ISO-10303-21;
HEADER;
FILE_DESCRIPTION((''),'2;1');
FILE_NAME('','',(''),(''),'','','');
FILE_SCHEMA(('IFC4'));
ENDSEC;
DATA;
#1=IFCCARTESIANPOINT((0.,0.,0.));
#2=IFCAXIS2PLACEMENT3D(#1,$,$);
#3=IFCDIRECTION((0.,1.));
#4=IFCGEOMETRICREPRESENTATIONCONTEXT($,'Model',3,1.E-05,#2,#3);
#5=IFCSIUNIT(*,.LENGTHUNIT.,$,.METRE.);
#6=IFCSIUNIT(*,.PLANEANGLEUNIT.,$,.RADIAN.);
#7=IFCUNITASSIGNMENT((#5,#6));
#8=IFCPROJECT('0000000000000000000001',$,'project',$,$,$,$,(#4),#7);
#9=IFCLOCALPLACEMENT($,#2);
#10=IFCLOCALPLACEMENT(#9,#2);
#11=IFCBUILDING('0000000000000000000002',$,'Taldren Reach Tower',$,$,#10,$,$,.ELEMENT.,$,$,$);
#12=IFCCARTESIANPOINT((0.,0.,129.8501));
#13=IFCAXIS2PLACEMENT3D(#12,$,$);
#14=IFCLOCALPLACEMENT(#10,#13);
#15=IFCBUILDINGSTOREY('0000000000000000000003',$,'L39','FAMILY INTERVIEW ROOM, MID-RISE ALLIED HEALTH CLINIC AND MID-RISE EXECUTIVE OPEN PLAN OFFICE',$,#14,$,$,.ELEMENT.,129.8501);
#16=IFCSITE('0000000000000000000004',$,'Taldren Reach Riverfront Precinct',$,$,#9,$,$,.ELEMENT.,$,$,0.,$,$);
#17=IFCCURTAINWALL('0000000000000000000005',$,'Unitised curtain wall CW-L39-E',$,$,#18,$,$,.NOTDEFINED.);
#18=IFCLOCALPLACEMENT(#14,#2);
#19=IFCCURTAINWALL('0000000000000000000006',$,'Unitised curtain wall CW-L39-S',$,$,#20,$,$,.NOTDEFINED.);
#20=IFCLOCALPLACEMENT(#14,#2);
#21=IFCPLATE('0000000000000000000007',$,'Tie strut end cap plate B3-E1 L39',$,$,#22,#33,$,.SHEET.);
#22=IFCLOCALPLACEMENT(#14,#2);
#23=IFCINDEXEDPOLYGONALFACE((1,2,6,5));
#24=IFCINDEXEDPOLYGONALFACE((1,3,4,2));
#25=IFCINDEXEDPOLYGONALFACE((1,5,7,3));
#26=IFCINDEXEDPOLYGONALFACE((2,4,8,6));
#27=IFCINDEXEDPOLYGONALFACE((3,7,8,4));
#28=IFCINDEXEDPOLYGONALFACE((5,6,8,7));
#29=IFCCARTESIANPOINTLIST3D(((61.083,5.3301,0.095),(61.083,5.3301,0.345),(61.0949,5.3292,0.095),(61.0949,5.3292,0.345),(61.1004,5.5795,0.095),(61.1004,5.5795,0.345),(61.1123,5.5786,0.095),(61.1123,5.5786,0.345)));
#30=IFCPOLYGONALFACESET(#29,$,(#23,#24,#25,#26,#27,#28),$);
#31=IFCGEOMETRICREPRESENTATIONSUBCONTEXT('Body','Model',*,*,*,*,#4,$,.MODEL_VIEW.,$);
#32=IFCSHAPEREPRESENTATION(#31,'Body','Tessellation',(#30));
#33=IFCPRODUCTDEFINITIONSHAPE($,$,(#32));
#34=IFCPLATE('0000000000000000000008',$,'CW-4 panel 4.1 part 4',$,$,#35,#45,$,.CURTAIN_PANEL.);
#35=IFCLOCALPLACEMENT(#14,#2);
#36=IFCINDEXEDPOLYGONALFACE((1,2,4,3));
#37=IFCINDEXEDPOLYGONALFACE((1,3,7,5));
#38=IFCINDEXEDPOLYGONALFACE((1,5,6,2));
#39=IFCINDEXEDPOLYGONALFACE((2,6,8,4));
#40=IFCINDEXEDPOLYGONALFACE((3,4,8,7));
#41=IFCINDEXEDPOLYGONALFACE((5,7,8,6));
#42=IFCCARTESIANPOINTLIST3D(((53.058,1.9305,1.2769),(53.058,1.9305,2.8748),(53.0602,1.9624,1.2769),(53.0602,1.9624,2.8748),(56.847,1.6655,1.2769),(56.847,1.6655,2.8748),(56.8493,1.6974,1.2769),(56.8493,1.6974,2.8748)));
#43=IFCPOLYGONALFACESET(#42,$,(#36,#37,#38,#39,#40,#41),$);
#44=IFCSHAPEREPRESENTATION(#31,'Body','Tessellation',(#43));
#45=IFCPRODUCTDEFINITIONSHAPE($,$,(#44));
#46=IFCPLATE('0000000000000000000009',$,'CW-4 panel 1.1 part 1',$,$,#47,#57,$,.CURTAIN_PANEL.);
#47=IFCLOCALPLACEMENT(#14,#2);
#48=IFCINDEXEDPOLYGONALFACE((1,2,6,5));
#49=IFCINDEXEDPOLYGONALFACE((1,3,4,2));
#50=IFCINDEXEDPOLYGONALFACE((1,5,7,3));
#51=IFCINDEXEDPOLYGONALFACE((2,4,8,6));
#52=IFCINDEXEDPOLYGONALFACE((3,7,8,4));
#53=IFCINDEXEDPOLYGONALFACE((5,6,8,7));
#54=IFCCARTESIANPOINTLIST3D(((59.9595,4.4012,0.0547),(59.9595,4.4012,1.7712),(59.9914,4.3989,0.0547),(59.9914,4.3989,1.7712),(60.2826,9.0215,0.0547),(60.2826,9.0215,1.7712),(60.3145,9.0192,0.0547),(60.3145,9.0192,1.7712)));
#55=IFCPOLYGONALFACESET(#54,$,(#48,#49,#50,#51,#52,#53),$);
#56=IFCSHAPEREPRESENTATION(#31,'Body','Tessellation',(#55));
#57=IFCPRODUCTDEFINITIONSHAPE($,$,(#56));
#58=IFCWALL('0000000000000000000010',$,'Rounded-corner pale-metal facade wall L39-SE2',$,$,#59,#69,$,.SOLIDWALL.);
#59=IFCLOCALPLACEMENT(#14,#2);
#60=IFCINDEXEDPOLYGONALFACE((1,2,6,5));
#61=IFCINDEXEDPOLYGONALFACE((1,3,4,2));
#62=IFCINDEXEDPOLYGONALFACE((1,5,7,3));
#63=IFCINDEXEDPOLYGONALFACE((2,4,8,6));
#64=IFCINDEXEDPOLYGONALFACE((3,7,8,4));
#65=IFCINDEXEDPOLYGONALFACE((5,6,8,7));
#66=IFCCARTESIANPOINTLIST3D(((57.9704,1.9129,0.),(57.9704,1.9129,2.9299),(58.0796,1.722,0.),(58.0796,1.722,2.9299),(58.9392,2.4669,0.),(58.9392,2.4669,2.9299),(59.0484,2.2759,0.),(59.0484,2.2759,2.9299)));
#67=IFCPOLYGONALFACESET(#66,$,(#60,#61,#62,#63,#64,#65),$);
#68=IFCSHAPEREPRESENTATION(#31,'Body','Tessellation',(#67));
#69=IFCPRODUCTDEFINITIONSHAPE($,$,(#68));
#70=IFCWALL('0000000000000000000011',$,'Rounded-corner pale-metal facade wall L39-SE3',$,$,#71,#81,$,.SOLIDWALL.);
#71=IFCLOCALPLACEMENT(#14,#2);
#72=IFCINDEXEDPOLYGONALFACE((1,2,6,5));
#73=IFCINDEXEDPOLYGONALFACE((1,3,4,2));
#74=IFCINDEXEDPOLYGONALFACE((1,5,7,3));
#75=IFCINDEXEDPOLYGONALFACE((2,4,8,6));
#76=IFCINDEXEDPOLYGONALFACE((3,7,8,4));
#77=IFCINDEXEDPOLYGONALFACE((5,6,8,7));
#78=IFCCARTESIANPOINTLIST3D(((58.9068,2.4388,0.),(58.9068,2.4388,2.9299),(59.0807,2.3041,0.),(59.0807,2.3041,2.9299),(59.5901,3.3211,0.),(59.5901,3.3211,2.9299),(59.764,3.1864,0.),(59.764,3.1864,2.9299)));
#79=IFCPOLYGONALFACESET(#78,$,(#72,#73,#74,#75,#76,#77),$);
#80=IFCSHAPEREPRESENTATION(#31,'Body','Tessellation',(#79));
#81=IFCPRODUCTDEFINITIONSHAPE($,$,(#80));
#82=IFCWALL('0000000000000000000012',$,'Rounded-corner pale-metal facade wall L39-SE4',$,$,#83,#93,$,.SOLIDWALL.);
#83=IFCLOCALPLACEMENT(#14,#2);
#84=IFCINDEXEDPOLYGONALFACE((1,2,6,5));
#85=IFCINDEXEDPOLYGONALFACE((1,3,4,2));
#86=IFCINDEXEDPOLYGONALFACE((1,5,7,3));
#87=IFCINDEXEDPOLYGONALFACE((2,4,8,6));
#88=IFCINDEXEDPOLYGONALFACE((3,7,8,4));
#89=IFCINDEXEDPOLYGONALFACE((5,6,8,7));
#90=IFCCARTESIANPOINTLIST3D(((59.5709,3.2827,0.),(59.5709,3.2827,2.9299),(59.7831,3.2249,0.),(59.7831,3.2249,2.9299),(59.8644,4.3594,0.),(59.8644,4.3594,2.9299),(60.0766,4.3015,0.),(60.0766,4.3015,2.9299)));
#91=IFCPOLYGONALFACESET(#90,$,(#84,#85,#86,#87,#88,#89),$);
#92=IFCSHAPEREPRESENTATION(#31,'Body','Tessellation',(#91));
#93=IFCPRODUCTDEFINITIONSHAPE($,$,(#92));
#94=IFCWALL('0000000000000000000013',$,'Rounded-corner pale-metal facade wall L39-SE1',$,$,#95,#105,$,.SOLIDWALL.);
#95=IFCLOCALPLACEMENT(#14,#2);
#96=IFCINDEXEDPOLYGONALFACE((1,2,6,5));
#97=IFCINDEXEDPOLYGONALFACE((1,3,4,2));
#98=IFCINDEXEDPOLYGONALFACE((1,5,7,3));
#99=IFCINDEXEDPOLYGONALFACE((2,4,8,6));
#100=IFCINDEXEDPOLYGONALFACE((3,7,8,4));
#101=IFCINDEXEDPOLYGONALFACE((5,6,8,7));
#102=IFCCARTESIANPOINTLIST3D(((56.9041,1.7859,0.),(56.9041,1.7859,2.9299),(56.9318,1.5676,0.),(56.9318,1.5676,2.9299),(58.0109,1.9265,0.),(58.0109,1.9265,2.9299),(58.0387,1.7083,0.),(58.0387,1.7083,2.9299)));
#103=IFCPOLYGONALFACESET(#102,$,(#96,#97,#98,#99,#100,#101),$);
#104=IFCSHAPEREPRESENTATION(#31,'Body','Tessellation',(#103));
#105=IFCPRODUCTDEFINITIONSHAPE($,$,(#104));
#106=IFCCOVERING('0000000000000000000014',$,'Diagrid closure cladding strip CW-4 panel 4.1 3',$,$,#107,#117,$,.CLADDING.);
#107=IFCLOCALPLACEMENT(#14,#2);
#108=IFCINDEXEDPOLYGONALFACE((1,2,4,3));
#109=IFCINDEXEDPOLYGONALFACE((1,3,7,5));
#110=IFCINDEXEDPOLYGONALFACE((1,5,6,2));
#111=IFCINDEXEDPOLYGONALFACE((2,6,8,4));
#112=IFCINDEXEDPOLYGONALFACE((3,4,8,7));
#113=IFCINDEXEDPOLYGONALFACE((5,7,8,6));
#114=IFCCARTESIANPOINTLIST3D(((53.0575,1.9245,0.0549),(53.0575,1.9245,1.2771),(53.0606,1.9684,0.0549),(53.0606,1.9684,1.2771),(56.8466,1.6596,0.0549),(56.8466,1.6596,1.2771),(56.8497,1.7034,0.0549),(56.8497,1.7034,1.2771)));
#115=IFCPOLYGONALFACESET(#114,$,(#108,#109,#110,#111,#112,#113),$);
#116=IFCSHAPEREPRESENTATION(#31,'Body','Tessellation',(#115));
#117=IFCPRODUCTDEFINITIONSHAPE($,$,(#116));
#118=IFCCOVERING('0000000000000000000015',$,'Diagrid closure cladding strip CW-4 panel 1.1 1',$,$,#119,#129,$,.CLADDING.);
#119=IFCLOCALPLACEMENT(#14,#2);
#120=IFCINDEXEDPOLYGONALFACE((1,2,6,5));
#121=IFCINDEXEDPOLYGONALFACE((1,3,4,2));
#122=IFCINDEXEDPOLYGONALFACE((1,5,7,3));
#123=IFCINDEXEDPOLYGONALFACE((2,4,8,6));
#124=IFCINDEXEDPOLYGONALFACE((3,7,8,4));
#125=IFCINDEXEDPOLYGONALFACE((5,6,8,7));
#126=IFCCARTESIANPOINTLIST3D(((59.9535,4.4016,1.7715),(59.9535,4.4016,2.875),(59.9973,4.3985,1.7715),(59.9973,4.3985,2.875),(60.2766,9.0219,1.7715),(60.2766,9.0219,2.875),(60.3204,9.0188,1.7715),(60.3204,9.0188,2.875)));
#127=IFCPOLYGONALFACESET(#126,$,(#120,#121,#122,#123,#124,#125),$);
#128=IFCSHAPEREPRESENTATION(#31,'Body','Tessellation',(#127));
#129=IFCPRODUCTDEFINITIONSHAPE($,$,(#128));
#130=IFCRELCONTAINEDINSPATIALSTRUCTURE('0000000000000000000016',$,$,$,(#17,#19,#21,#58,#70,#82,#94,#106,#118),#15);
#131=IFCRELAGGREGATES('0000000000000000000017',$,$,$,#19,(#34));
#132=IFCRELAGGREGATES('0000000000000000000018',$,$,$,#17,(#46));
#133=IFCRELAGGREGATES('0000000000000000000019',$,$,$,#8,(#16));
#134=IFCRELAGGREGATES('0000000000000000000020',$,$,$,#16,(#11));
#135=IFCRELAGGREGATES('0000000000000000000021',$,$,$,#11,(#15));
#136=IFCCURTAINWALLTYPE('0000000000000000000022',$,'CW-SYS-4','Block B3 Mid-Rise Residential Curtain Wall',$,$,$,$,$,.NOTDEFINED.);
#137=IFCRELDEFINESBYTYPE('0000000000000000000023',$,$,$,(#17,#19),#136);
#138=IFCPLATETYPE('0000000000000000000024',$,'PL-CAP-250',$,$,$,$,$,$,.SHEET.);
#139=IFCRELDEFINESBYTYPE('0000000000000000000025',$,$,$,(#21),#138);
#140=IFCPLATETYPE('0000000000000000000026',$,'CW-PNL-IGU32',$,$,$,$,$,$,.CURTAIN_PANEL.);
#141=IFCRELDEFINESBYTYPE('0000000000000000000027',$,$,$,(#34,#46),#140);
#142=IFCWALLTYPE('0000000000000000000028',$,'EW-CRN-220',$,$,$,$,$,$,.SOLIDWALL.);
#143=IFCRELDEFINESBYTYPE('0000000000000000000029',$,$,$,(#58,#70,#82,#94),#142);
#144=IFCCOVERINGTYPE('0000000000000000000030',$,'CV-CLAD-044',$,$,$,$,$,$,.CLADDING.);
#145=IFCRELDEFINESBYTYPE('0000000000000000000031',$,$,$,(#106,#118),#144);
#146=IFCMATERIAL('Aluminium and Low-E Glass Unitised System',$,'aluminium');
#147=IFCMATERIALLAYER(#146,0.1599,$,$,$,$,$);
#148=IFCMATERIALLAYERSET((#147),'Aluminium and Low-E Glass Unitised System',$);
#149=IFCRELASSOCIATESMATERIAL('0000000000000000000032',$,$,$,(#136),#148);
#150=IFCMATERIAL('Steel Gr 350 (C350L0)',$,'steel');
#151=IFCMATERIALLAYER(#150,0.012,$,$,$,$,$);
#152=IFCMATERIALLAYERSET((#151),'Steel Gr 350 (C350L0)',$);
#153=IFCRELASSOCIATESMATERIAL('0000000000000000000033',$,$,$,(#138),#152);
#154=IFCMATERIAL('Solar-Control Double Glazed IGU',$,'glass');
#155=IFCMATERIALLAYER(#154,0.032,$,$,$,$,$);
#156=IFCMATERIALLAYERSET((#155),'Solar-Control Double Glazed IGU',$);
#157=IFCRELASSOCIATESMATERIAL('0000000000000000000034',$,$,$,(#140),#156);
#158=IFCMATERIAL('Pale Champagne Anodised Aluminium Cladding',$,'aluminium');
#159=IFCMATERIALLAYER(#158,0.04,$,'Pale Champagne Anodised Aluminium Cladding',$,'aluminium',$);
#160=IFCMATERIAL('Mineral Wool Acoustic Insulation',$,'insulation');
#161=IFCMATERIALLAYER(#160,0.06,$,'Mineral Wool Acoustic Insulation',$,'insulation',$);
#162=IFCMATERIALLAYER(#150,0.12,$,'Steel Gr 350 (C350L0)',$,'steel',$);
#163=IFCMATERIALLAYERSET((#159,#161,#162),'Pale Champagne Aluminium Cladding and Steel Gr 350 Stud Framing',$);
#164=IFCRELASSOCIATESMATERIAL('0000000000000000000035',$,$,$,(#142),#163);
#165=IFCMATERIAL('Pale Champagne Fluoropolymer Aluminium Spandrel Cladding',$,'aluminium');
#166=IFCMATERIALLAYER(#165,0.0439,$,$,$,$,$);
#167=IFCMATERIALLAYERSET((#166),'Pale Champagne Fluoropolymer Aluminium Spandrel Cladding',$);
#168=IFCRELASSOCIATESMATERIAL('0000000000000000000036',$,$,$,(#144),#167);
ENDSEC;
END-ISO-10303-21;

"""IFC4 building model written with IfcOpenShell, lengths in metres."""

from ifc_helpers import new_model, si_unit, direction, frame, frame_2d, origin, origin_2d, place, context, subcontext, project, spatial, rectangle, extrude, source, transform, mapped, material, layer, layer_set, type_object, element, aggregate, save


model = new_model("IFC4")

# Units and contexts
model_context = context("Model", 3, precision=1e-05, world=origin(), true_north=direction((0.0, 1.0)))
body_context = subcontext(model_context, "Body", "Model", "MODEL_VIEW")
ifc_project = project(units=[si_unit("LENGTHUNIT", "METRE"), si_unit("PLANEANGLEUNIT", "RADIAN")], contexts=[model_context])

# Site, building, storey
site_placement = place(None, origin())
site = spatial("IfcSite", under=ifc_project, at=site_placement, Name="Taldren Reach Riverfront Precinct", CompositionType="ELEMENT", RefElevation=0.0)
building_placement = place(site_placement, origin())
building = spatial("IfcBuilding", under=site, at=building_placement, Name="Taldren Reach Tower", CompositionType="ELEMENT")
storey_placement = place(building_placement, frame((0.0, 0.0, 129.8501)))
storey = spatial("IfcBuildingStorey", under=building, at=storey_placement, Name="L39", Description="FAMILY INTERVIEW ROOM, MID-RISE ALLIED HEALTH CLINIC AND MID-RISE EXECUTIVE OPEN PLAN OFFICE", CompositionType="ELEMENT", Elevation=129.8501)

# Shared definitions
ifc_material_1 = material(Name="Steel Gr 350 (C350L0)", Category="steel")

# Curtain wall
ifc_material_2 = material(Name="Aluminium and Low-E Glass Unitised System", Category="aluminium")
ifc_layer_1 = layer(ifc_material_2, 0.1599)
ifc_layer_set_1 = layer_set([ifc_layer_1], Name="Aluminium and Low-E Glass Unitised System")
curtain_wall_type = type_object("IfcCurtainWallType", Name="CW-SYS-4", Description="Block B3 Mid-Rise Residential Curtain Wall", PredefinedType="NOTDEFINED", material=ifc_layer_set_1)
curtain_wall_1_placement = place(storey_placement, origin())
curtain_wall_1 = element("IfcCurtainWall", 1, at=curtain_wall_1_placement, inside=storey, type_object=curtain_wall_type, Name="Unitised curtain wall CW-L39-E", PredefinedType="NOTDEFINED")

# Curtain wall
curtain_wall_2_placement = place(storey_placement, origin())
curtain_wall_2 = element("IfcCurtainWall", 2, at=curtain_wall_2_placement, inside=storey, type_object=curtain_wall_type, Name="Unitised curtain wall CW-L39-S", PredefinedType="NOTDEFINED")

# Plate
ifc_layer_2 = layer(ifc_material_1, 0.012)
ifc_layer_set_2 = layer_set([ifc_layer_2], Name="Steel Gr 350 (C350L0)")
plate_type_1 = type_object("IfcPlateType", Name="PL-CAP-250", PredefinedType="SHEET", material=ifc_layer_set_2)
shared_shape_1 = source(origin(), body_context, "Body", "SweptSolid", [
    extrude(rectangle(XDim=0.012, YDim=0.25, at=origin_2d()), origin(), (0.0, 0.0, 1.0), 0.25),
])
plate_1_placement = place(storey_placement, frame((61.0977, 5.4543, 0.095), z_axis=(0.0, 0.0, 1.0), x_axis=(0.997564, -0.069756, 0.0)))
element("IfcPlate", 3, at=plate_1_placement, inside=storey, type_object=plate_type_1, Name="Tie strut end cap plate B3-E1 L39", PredefinedType="SHEET", context=body_context, shape_type="MappedRepresentation", body=[
    mapped(shared_shape_1, transform((0.0, 0.0, 0.0), scale=1.0)),
])

# Plates
ifc_material_3 = material(Name="Solar-Control Double Glazed IGU", Category="glass")
ifc_layer_3 = layer(ifc_material_3, 0.032)
ifc_layer_set_3 = layer_set([ifc_layer_3], Name="Solar-Control Double Glazed IGU")
plate_type_2 = type_object("IfcPlateType", Name="CW-PNL-IGU32", PredefinedType="CURTAIN_PANEL", material=ifc_layer_set_3)
shared_shape_2 = source(origin(), body_context, "Body", "SweptSolid", [
    extrude(rectangle(XDim=3.7983, YDim=0.032, at=origin_2d()), origin(), (0.0, 0.0, 1.0), 1.5979),
])
plate_2_placement = place(storey_placement, frame((54.9536, 1.814, 1.2769), z_axis=(0.0, 0.0, 1.0), x_axis=(0.997564, -0.069757, 0.0)))
plate_2 = element("IfcPlate", 4, at=plate_2_placement, type_object=plate_type_2, Name="CW-4 panel 4.1 part 4", PredefinedType="CURTAIN_PANEL", context=body_context, shape_type="MappedRepresentation", body=[
    mapped(shared_shape_2, transform((0.0, 0.0, 0.0), scale=1.0)),
])
aggregate(curtain_wall_2, [plate_2])
shared_shape_3 = source(origin(), body_context, "Body", "SweptSolid", [
    extrude(rectangle(XDim=4.6316, YDim=0.032, at=origin_2d()), origin(), (0.0, 0.0, 1.0), 1.7166),
])
plate_3_placement = place(storey_placement, frame((60.137, 6.7102, 0.0547), z_axis=(0.0, 0.0, 1.0), x_axis=(0.069756, 0.997564, 0.0)))
plate_3 = element("IfcPlate", 5, at=plate_3_placement, type_object=plate_type_2, Name="CW-4 panel 1.1 part 1", PredefinedType="CURTAIN_PANEL", context=body_context, shape_type="MappedRepresentation", body=[
    mapped(shared_shape_3, transform((0.0, 0.0, 0.0), scale=1.0)),
])
aggregate(curtain_wall_1, [plate_3])

# Walls
ifc_material_4 = material(Name="Pale Champagne Anodised Aluminium Cladding", Category="aluminium")
ifc_layer_4 = layer(ifc_material_4, 0.04, Name="Pale Champagne Anodised Aluminium Cladding", Category="aluminium")
ifc_material_5 = material(Name="Mineral Wool Acoustic Insulation", Category="insulation")
ifc_layer_5 = layer(ifc_material_5, 0.06, Name="Mineral Wool Acoustic Insulation", Category="insulation")
ifc_layer_6 = layer(ifc_material_1, 0.12, Name="Steel Gr 350 (C350L0)", Category="steel")
ifc_layer_set_4 = layer_set([ifc_layer_4, ifc_layer_5, ifc_layer_6], Name="Pale Champagne Aluminium Cladding and Steel Gr 350 Stud Framing")
wall_type = type_object("IfcWallType", Name="EW-CRN-220", PredefinedType="SOLIDWALL", material=ifc_layer_set_4)
shared_shape_4 = source(origin(), body_context, "Body", "SweptSolid", [
    extrude(rectangle(XDim=1.116, YDim=0.22, at=frame_2d((0.5581, 0.0))), origin(), (0.0, 0.0, 1.0), 2.9299),
])
for number, where, z_axis, x_axis, name in (
    (6, (58.0249, 1.8174, 0.0), (0.0, 0.0, 1.0), (0.868095, 0.496398, 0.0), "Rounded-corner pale-metal facade wall L39-SE2"),
    (7, (58.9937, 2.3713, 0.0), (0.0, 0.0, 1.0), (0.612319, 0.790611, 0.0), "Rounded-corner pale-metal facade wall L39-SE3"),
    (8, (59.677, 3.2537, 0.0), (0.0, 0.0, 1.0), (0.262969, 0.964804, 0.0), "Rounded-corner pale-metal facade wall L39-SE4"),
):
    element("IfcWall", number, at=place(storey_placement, frame(where, z_axis=z_axis, x_axis=x_axis)), inside=storey, type_object=wall_type, Name=name, PredefinedType="SOLIDWALL", context=body_context, shape_type="MappedRepresentation", body=[
        mapped(shared_shape_4, transform((0.0, 0.0, 0.0), scale=1.0)),
    ])
shared_shape_5 = source(origin(), body_context, "Body", "SweptSolid", [
    extrude(rectangle(XDim=1.1157, YDim=0.22, at=frame_2d((0.5579, 0.0))), origin(), (0.0, 0.0, 1.0), 2.9299),
])
wall_placement = place(storey_placement, frame((56.918, 1.6768, 0.0), z_axis=(0.0, 0.0, 1.0), x_axis=(0.992027, 0.126027, 0.0)))
element("IfcWall", 9, at=wall_placement, inside=storey, type_object=wall_type, Name="Rounded-corner pale-metal facade wall L39-SE1", PredefinedType="SOLIDWALL", context=body_context, shape_type="MappedRepresentation", body=[
    mapped(shared_shape_5, transform((0.0, 0.0, 0.0), scale=1.0)),
])

# Coverings
ifc_material_6 = material(Name="Pale Champagne Fluoropolymer Aluminium Spandrel Cladding", Category="aluminium")
ifc_layer_7 = layer(ifc_material_6, 0.0439)
ifc_layer_set_5 = layer_set([ifc_layer_7], Name="Pale Champagne Fluoropolymer Aluminium Spandrel Cladding")
covering_type = type_object("IfcCoveringType", Name="CV-CLAD-044", PredefinedType="CLADDING", material=ifc_layer_set_5)
shared_shape_6 = source(origin(), body_context, "Body", "SweptSolid", [
    extrude(rectangle(XDim=3.7983, YDim=0.0439, at=origin_2d()), origin(), (0.0, 0.0, 1.0), 1.2222),
])
covering_1_placement = place(storey_placement, frame((54.9536, 1.814, 0.0549), z_axis=(0.0, 0.0, 1.0), x_axis=(0.997564, -0.069757, 0.0)))
element("IfcCovering", 10, at=covering_1_placement, inside=storey, type_object=covering_type, Name="Diagrid closure cladding strip CW-4 panel 4.1 3", PredefinedType="CLADDING", context=body_context, shape_type="MappedRepresentation", body=[
    mapped(shared_shape_6, transform((0.0, 0.0, 0.0), scale=1.0)),
])
shared_shape_7 = source(origin(), body_context, "Body", "SweptSolid", [
    extrude(rectangle(XDim=4.6316, YDim=0.0439, at=origin_2d()), origin(), (0.0, 0.0, 1.0), 1.1035),
])
covering_2_placement = place(storey_placement, frame((60.137, 6.7102, 1.7715), z_axis=(0.0, 0.0, 1.0), x_axis=(0.069756, 0.997564, 0.0)))
element("IfcCovering", 11, at=covering_2_placement, inside=storey, type_object=covering_type, Name="Diagrid closure cladding strip CW-4 panel 1.1 1", PredefinedType="CLADDING", context=body_context, shape_type="MappedRepresentation", body=[
    mapped(shared_shape_7, transform((0.0, 0.0, 0.0), scale=1.0)),
])

save(model, "model.ifc")
